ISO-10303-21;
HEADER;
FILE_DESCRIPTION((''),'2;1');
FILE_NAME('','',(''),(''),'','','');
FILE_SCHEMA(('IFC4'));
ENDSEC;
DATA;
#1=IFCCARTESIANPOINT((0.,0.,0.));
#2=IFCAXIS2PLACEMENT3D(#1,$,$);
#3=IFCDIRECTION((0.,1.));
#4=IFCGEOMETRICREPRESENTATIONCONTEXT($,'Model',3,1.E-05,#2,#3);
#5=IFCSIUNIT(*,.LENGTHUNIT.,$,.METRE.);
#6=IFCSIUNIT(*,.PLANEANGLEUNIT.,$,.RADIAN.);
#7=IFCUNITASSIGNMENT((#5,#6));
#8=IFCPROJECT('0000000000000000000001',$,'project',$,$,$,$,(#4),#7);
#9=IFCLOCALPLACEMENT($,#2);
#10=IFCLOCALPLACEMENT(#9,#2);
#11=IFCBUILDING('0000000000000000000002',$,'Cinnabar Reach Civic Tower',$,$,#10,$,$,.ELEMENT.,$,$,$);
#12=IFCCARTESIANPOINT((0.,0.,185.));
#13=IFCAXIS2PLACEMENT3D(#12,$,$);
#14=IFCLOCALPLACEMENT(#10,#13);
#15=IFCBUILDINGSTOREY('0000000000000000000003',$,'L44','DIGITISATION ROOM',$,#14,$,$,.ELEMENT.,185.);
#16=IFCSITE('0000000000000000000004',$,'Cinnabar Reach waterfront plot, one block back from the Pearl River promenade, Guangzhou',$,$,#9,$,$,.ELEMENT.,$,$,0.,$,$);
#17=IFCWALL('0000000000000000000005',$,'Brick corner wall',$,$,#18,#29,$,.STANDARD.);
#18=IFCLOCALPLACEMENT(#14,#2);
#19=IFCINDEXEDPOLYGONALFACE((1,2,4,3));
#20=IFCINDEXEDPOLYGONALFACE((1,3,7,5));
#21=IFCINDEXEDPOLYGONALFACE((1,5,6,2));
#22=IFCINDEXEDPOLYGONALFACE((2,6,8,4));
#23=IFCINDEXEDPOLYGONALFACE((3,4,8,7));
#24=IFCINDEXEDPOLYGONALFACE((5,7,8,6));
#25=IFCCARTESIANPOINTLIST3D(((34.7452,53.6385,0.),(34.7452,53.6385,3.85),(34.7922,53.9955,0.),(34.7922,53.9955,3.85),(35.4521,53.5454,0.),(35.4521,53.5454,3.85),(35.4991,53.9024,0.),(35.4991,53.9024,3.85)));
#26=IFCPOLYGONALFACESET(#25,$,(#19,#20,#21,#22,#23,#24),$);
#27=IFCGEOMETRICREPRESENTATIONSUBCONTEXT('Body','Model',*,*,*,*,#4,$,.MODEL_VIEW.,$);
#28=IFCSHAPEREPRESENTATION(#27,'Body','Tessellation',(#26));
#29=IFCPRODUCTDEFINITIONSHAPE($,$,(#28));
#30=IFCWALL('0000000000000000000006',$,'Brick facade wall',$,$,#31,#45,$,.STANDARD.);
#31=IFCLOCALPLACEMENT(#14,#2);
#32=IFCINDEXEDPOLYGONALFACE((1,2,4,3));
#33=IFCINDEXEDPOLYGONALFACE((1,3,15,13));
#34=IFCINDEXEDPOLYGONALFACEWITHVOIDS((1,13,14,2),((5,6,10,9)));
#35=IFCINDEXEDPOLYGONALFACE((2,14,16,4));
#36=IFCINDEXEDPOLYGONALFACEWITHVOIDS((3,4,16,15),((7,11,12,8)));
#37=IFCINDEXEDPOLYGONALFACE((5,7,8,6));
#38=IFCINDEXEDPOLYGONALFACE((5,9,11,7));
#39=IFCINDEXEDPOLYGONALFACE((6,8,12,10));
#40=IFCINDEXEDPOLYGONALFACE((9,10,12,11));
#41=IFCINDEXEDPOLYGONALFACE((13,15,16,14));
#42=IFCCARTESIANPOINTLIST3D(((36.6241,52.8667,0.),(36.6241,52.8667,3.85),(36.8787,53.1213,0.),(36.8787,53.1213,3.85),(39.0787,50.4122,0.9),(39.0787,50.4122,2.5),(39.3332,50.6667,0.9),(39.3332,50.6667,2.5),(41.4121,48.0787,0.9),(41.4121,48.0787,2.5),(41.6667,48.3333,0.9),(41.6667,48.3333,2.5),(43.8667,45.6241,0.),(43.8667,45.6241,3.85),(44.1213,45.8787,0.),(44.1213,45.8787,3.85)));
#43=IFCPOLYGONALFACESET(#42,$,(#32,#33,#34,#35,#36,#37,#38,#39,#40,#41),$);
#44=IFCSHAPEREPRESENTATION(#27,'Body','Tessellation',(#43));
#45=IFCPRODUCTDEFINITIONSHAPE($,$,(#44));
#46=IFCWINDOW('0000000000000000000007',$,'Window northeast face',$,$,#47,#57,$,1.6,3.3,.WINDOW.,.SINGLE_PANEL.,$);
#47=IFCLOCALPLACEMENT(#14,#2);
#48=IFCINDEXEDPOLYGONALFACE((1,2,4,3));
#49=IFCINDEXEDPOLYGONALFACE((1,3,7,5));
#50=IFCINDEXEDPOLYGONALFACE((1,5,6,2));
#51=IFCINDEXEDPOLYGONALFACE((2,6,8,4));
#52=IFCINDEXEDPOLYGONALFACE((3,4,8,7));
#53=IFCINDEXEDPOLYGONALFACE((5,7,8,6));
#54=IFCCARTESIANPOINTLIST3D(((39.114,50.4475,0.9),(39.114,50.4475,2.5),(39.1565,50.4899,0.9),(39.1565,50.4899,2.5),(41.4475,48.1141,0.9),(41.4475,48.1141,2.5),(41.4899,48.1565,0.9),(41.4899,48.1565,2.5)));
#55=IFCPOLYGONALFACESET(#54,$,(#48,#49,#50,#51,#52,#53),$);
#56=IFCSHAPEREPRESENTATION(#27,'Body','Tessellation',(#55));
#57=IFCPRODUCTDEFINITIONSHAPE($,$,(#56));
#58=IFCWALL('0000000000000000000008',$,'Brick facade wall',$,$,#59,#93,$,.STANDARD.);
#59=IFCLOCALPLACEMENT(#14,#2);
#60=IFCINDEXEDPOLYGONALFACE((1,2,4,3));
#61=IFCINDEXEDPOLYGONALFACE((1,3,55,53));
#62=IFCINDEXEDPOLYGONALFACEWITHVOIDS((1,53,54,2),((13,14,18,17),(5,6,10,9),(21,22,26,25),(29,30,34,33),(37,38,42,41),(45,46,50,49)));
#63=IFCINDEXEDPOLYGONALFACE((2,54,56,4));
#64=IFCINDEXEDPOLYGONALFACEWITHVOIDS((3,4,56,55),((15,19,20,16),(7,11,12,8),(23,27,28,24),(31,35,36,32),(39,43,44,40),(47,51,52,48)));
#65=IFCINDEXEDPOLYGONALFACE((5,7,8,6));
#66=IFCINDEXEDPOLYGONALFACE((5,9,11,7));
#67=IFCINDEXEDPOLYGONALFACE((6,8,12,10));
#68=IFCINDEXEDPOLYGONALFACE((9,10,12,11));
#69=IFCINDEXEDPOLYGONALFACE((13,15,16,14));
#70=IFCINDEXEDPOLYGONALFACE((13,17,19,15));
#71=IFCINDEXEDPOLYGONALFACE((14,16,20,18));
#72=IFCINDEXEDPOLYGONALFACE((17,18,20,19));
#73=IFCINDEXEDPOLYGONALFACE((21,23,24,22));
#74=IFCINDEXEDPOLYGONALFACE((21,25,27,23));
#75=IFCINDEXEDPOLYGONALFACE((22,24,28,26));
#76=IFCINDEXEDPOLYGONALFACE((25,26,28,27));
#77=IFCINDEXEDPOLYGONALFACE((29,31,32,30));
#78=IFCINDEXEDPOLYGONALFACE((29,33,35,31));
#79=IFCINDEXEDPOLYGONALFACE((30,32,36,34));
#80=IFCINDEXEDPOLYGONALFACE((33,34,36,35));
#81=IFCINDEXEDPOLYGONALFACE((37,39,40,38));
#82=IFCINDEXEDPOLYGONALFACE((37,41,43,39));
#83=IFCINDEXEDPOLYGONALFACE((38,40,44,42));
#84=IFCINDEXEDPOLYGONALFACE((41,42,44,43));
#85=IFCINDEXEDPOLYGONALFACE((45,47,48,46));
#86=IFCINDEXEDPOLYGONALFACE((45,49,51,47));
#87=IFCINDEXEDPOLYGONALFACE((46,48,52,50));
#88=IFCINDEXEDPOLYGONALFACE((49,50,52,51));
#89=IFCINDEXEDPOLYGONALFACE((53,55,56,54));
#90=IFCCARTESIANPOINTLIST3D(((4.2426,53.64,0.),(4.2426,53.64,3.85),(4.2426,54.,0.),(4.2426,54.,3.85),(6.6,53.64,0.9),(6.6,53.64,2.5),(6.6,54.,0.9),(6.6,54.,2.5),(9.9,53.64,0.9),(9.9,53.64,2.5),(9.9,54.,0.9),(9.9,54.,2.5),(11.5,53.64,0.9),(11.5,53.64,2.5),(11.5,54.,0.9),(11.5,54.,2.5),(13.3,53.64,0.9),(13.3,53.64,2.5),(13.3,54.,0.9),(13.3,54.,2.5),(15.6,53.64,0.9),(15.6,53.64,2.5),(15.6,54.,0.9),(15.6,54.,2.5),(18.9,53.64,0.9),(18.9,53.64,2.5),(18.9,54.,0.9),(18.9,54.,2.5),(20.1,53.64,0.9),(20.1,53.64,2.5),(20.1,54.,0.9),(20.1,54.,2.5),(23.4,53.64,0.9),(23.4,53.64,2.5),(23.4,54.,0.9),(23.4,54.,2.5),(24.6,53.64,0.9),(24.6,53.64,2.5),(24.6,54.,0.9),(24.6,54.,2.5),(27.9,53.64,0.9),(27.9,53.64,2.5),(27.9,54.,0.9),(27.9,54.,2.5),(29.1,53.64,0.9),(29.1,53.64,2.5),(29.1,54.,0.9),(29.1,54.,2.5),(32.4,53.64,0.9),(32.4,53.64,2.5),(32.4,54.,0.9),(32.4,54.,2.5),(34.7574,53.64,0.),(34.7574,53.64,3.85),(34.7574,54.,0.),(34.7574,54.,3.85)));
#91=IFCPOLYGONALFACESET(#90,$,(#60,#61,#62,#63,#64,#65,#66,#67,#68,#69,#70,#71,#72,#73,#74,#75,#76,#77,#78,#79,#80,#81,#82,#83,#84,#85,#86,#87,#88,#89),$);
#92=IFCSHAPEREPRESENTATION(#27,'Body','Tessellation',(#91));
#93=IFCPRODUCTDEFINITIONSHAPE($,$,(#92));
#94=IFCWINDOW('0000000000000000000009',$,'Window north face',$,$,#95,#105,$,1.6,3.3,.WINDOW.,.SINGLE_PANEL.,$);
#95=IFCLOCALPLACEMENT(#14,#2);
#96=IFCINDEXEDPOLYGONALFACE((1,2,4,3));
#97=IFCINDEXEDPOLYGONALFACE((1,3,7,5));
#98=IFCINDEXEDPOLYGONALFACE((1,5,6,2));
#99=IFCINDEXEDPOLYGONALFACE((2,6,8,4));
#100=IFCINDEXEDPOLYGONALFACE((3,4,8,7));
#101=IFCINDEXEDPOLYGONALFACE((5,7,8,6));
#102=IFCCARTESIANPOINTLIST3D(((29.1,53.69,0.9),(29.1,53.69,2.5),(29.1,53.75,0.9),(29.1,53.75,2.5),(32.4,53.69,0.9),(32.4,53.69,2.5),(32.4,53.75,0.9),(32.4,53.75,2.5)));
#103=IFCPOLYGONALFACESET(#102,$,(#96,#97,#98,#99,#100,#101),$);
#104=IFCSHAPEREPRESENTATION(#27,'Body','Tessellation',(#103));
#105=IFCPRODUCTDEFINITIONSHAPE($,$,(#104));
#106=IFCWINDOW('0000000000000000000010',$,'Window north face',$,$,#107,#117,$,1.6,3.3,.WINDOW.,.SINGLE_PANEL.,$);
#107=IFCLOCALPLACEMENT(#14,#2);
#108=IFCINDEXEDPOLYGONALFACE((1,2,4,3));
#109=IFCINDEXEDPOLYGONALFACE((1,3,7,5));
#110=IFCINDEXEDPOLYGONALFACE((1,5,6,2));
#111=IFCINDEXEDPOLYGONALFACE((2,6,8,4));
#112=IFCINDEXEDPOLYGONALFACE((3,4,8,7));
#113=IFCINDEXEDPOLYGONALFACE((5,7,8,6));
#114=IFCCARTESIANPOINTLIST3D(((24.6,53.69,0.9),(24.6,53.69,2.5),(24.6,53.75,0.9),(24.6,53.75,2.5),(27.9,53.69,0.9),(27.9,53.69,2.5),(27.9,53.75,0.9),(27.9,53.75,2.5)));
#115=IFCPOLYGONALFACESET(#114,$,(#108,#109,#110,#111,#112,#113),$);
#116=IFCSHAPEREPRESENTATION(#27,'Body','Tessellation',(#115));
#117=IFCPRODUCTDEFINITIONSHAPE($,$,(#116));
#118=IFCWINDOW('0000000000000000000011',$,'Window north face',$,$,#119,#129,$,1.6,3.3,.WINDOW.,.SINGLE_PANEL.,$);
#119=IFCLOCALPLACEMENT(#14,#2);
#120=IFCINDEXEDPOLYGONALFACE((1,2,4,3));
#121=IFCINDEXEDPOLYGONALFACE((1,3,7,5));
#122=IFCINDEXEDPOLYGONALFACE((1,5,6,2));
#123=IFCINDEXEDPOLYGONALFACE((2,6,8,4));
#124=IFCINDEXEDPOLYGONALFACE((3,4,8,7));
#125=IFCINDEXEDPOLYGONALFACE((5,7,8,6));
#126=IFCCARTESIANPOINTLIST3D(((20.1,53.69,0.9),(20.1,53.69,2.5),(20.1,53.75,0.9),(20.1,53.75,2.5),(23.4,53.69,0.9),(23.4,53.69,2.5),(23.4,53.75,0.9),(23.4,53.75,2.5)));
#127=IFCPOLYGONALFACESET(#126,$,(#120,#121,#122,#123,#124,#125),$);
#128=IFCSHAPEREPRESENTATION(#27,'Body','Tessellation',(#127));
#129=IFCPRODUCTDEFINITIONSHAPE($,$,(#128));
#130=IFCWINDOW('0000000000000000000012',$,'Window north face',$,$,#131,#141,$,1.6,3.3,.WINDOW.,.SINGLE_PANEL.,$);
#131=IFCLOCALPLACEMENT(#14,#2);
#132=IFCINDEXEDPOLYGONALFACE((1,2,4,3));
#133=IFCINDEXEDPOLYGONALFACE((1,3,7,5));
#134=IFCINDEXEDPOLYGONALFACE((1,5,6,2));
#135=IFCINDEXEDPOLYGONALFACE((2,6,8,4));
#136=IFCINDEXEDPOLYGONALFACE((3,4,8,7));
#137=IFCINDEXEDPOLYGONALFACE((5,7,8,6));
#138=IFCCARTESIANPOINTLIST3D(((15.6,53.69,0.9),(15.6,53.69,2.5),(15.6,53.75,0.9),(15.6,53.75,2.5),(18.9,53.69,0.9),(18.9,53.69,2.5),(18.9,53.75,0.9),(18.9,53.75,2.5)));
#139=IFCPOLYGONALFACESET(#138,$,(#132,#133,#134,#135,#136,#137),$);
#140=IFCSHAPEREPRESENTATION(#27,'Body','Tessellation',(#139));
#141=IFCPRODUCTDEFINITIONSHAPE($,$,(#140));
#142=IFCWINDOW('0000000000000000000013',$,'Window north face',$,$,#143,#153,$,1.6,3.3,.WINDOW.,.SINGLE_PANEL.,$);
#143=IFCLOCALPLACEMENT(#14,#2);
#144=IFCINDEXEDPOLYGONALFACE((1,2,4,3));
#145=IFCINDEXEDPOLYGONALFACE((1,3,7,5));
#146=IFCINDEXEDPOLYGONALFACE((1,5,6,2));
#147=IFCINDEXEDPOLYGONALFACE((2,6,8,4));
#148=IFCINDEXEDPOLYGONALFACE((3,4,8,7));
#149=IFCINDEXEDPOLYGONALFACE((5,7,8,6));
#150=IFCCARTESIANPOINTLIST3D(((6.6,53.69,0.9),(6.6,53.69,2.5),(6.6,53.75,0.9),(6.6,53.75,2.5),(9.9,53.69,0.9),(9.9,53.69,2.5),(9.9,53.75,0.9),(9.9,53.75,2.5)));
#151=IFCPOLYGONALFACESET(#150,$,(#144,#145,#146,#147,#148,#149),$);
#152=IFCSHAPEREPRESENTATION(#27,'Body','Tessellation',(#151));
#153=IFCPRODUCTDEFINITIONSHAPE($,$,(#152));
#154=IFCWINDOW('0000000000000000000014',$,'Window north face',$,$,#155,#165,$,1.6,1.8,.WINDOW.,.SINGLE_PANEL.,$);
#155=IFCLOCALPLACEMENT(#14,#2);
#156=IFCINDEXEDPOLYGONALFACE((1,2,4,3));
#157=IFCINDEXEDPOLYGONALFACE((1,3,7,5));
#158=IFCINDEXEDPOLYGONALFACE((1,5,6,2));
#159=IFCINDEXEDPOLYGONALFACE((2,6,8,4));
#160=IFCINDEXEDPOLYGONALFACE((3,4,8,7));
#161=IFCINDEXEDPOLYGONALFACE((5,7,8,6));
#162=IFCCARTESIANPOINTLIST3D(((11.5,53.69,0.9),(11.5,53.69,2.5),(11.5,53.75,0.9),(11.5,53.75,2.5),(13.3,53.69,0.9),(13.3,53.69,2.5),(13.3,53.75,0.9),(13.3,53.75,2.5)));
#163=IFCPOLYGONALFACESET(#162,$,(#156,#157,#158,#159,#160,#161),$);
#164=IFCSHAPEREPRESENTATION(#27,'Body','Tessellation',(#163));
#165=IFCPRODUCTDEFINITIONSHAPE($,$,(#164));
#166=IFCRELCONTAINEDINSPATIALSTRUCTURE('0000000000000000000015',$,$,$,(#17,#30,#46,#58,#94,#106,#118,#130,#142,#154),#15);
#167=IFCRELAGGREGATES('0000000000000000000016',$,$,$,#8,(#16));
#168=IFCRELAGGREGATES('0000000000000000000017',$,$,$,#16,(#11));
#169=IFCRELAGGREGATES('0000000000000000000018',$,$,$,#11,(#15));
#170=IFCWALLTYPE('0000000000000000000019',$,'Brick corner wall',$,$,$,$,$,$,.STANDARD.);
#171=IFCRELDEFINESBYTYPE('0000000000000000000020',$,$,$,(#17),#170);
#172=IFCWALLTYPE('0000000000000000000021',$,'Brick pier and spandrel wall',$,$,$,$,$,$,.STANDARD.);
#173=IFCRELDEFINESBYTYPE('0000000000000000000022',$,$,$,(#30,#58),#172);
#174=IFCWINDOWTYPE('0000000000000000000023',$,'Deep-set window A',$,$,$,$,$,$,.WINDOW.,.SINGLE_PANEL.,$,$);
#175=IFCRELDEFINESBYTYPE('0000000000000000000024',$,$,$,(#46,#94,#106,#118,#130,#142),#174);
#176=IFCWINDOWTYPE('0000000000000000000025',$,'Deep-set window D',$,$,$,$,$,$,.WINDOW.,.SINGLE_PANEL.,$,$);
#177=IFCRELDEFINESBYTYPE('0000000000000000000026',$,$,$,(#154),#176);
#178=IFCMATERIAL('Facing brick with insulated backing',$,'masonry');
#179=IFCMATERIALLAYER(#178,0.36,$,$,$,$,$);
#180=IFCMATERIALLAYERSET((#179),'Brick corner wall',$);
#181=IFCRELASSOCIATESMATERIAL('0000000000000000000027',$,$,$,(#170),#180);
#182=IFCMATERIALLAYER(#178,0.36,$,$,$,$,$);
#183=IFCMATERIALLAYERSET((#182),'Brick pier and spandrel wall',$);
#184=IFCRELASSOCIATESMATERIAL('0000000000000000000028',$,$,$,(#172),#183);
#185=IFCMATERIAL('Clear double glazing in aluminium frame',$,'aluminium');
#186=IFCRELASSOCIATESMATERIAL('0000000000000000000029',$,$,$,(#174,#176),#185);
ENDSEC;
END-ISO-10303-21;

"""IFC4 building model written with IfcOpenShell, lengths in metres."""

from ifc_helpers import new_model, si_unit, direction, frame, frame_2d, origin, place, context, subcontext, project, spatial, rectangle, extrude, material, layer, layer_set, type_object, element, fill, save


model = new_model("IFC4")

# Units and contexts
model_context = context("Model", 3, precision=1e-05, world=origin(), true_north=direction((0.0, 1.0)))
body_context = subcontext(model_context, "Body", "Model", "MODEL_VIEW")
ifc_project = project(units=[si_unit("LENGTHUNIT", "METRE"), si_unit("PLANEANGLEUNIT", "RADIAN")], contexts=[model_context])

# Site, building, storey
site_placement = place(None, origin())
site = spatial("IfcSite", under=ifc_project, at=site_placement, Name="Cinnabar Reach waterfront plot, one block back from the Pearl River promenade, Guangzhou", CompositionType="ELEMENT", RefElevation=0.0)
building_placement = place(site_placement, origin())
building = spatial("IfcBuilding", under=site, at=building_placement, Name="Cinnabar Reach Civic Tower", CompositionType="ELEMENT")
storey_placement = place(building_placement, frame((0.0, 0.0, 185.0)))
storey = spatial("IfcBuildingStorey", under=building, at=storey_placement, Name="L44", Description="DIGITISATION ROOM", CompositionType="ELEMENT", Elevation=185.0)

# Wall
ifc_material_1 = material(Name="Facing brick with insulated backing", Category="masonry")
ifc_layer_1 = layer(ifc_material_1, 0.36)
ifc_layer_set_1 = layer_set([ifc_layer_1], Name="Brick corner wall")
wall_type_1 = type_object("IfcWallType", Name="Brick corner wall", PredefinedType="STANDARD", material=ifc_layer_set_1)
for number, where, z_axis, x_axis, name in (
    (1, (35.4756, 53.7239, 0.0), (0.0, 0.0, 1.0), (-0.991441, 0.130556, 0.0), "Brick corner wall"),
):
    element("IfcWall", number, at=place(storey_placement, frame(where, z_axis=z_axis, x_axis=x_axis)), inside=storey, type_object=wall_type_1, Name=name, PredefinedType="STANDARD", context=body_context, shape_type="SweptSolid", body=[
        extrude(rectangle(XDim=0.7131, YDim=0.36, at=frame_2d((0.3565, 0.0))), origin(), (0.0, 0.0, 1.0), 3.85),
    ])

# Wall, opening, window
ifc_layer_2 = layer(ifc_material_1, 0.36)
ifc_layer_set_2 = layer_set([ifc_layer_2], Name="Brick pier and spandrel wall")
wall_type_2 = type_object("IfcWallType", Name="Brick pier and spandrel wall", PredefinedType="STANDARD", material=ifc_layer_set_2)
wall_1_placement = place(storey_placement, frame((43.994, 45.7514, 0.0), z_axis=(0.0, 0.0, 1.0), x_axis=(-0.707107, 0.707107, 0.0)))
wall_1 = element("IfcWall", 2, at=wall_1_placement, inside=storey, type_object=wall_type_2, Name="Brick facade wall", PredefinedType="STANDARD", context=body_context, shape_type="SweptSolid", body=[
    extrude(rectangle(XDim=10.2426, YDim=0.36, at=frame_2d((5.1213, 0.0))), origin(), (0.0, 0.0, 1.0), 3.85),
])
opening_1_placement = place(wall_1_placement, frame((3.4713, 0.0, 0.9)))
opening_1 = element("IfcOpeningElement", 3, at=opening_1_placement, cuts=wall_1, PredefinedType="OPENING", context=body_context, shape_type="SweptSolid", body=[
    extrude(rectangle(XDim=3.3, YDim=1.6, at=frame_2d((1.65, 0.8))), frame((0.0, 0.19, 0.0), z_axis=(0.0, -1.0, 0.0), x_axis=(1.0, 0.0, 0.0)), (0.0, 0.0, 1.0), 0.38),
])
ifc_material_2 = material(Name="Clear double glazing in aluminium frame", Category="aluminium")
window_type_1 = type_object("IfcWindowType", Name="Deep-set window A", PartitioningType="SINGLE_PANEL", PredefinedType="WINDOW", material=ifc_material_2)
window_1_placement = place(opening_1_placement, origin())
window_1 = element("IfcWindow", 4, at=window_1_placement, inside=storey, type_object=window_type_1, Name="Window northeast face", OverallHeight=1.6, OverallWidth=3.3, PartitioningType="SINGLE_PANEL", PredefinedType="WINDOW", context=body_context, shape_type="SweptSolid", body=[
    extrude(rectangle(XDim=3.3, YDim=1.6, at=frame_2d((1.65, 0.8))), frame((0.0, 0.13, 0.0), z_axis=(0.0, -1.0, 0.0), x_axis=(1.0, 0.0, 0.0)), (0.0, 0.0, 1.0), 0.06),
])
fill(opening_1, window_1)

# Wall, openings, windows
wall_2_placement = place(storey_placement, frame((34.7574, 53.82, 0.0), z_axis=(0.0, 0.0, 1.0), x_axis=(-1.0, 0.0, 0.0)))
wall_2 = element("IfcWall", 5, at=wall_2_placement, inside=storey, type_object=wall_type_2, Name="Brick facade wall", PredefinedType="STANDARD", context=body_context, shape_type="SweptSolid", body=[
    extrude(rectangle(XDim=30.5148, YDim=0.36, at=frame_2d((15.2574, 0.0))), origin(), (0.0, 0.0, 1.0), 3.85),
])
opening_2_placement = place(wall_2_placement, frame((2.3574, 0.0, 0.9)))
opening_2 = element("IfcOpeningElement", 6, at=opening_2_placement, cuts=wall_2, PredefinedType="OPENING", context=body_context, shape_type="SweptSolid", body=[
    extrude(rectangle(XDim=3.3, YDim=1.6, at=frame_2d((1.65, 0.8))), frame((0.0, 0.19, 0.0), z_axis=(0.0, -1.0, 0.0), x_axis=(1.0, 0.0, 0.0)), (0.0, 0.0, 1.0), 0.38),
])
opening_3_placement = place(wall_2_placement, frame((6.8574, 0.0, 0.9)))
opening_3 = element("IfcOpeningElement", 7, at=opening_3_placement, cuts=wall_2, PredefinedType="OPENING", context=body_context, shape_type="SweptSolid", body=[
    extrude(rectangle(XDim=3.3, YDim=1.6, at=frame_2d((1.65, 0.8))), frame((0.0, 0.19, 0.0), z_axis=(0.0, -1.0, 0.0), x_axis=(1.0, 0.0, 0.0)), (0.0, 0.0, 1.0), 0.38),
])
opening_4_placement = place(wall_2_placement, frame((11.3574, 0.0, 0.9)))
opening_4 = element("IfcOpeningElement", 8, at=opening_4_placement, cuts=wall_2, PredefinedType="OPENING", context=body_context, shape_type="SweptSolid", body=[
    extrude(rectangle(XDim=3.3, YDim=1.6, at=frame_2d((1.65, 0.8))), frame((0.0, 0.19, 0.0), z_axis=(0.0, -1.0, 0.0), x_axis=(1.0, 0.0, 0.0)), (0.0, 0.0, 1.0), 0.38),
])
opening_5_placement = place(wall_2_placement, frame((15.8574, 0.0, 0.9)))
opening_5 = element("IfcOpeningElement", 9, at=opening_5_placement, cuts=wall_2, PredefinedType="OPENING", context=body_context, shape_type="SweptSolid", body=[
    extrude(rectangle(XDim=3.3, YDim=1.6, at=frame_2d((1.65, 0.8))), frame((0.0, 0.19, 0.0), z_axis=(0.0, -1.0, 0.0), x_axis=(1.0, 0.0, 0.0)), (0.0, 0.0, 1.0), 0.38),
])
opening_6_placement = place(wall_2_placement, frame((21.4574, 0.0, 0.9)))
opening_6 = element("IfcOpeningElement", 10, at=opening_6_placement, cuts=wall_2, PredefinedType="OPENING", context=body_context, shape_type="SweptSolid", body=[
    extrude(rectangle(XDim=1.8, YDim=1.6, at=frame_2d((0.9, 0.8))), frame((0.0, 0.19, 0.0), z_axis=(0.0, -1.0, 0.0), x_axis=(1.0, 0.0, 0.0)), (0.0, 0.0, 1.0), 0.38),
])
opening_7_placement = place(wall_2_placement, frame((24.8574, 0.0, 0.9)))
opening_7 = element("IfcOpeningElement", 11, at=opening_7_placement, cuts=wall_2, PredefinedType="OPENING", context=body_context, shape_type="SweptSolid", body=[
    extrude(rectangle(XDim=3.3, YDim=1.6, at=frame_2d((1.65, 0.8))), frame((0.0, 0.19, 0.0), z_axis=(0.0, -1.0, 0.0), x_axis=(1.0, 0.0, 0.0)), (0.0, 0.0, 1.0), 0.38),
])
window_2_placement = place(opening_2_placement, origin())
window_2 = element("IfcWindow", 12, at=window_2_placement, inside=storey, type_object=window_type_1, Name="Window north face", OverallHeight=1.6, OverallWidth=3.3, PartitioningType="SINGLE_PANEL", PredefinedType="WINDOW", context=body_context, shape_type="SweptSolid", body=[
    extrude(rectangle(XDim=3.3, YDim=1.6, at=frame_2d((1.65, 0.8))), frame((0.0, 0.13, 0.0), z_axis=(0.0, -1.0, 0.0), x_axis=(1.0, 0.0, 0.0)), (0.0, 0.0, 1.0), 0.06),
])
fill(opening_2, window_2)
window_3_placement = place(opening_3_placement, origin())
window_3 = element("IfcWindow", 13, at=window_3_placement, inside=storey, type_object=window_type_1, Name="Window north face", OverallHeight=1.6, OverallWidth=3.3, PartitioningType="SINGLE_PANEL", PredefinedType="WINDOW", context=body_context, shape_type="SweptSolid", body=[
    extrude(rectangle(XDim=3.3, YDim=1.6, at=frame_2d((1.65, 0.8))), frame((0.0, 0.13, 0.0), z_axis=(0.0, -1.0, 0.0), x_axis=(1.0, 0.0, 0.0)), (0.0, 0.0, 1.0), 0.06),
])
fill(opening_3, window_3)
window_4_placement = place(opening_4_placement, origin())
window_4 = element("IfcWindow", 14, at=window_4_placement, inside=storey, type_object=window_type_1, Name="Window north face", OverallHeight=1.6, OverallWidth=3.3, PartitioningType="SINGLE_PANEL", PredefinedType="WINDOW", context=body_context, shape_type="SweptSolid", body=[
    extrude(rectangle(XDim=3.3, YDim=1.6, at=frame_2d((1.65, 0.8))), frame((0.0, 0.13, 0.0), z_axis=(0.0, -1.0, 0.0), x_axis=(1.0, 0.0, 0.0)), (0.0, 0.0, 1.0), 0.06),
])
fill(opening_4, window_4)
window_5_placement = place(opening_5_placement, origin())
window_5 = element("IfcWindow", 15, at=window_5_placement, inside=storey, type_object=window_type_1, Name="Window north face", OverallHeight=1.6, OverallWidth=3.3, PartitioningType="SINGLE_PANEL", PredefinedType="WINDOW", context=body_context, shape_type="SweptSolid", body=[
    extrude(rectangle(XDim=3.3, YDim=1.6, at=frame_2d((1.65, 0.8))), frame((0.0, 0.13, 0.0), z_axis=(0.0, -1.0, 0.0), x_axis=(1.0, 0.0, 0.0)), (0.0, 0.0, 1.0), 0.06),
])
fill(opening_5, window_5)
window_6_placement = place(opening_7_placement, origin())
window_6 = element("IfcWindow", 16, at=window_6_placement, inside=storey, type_object=window_type_1, Name="Window north face", OverallHeight=1.6, OverallWidth=3.3, PartitioningType="SINGLE_PANEL", PredefinedType="WINDOW", context=body_context, shape_type="SweptSolid", body=[
    extrude(rectangle(XDim=3.3, YDim=1.6, at=frame_2d((1.65, 0.8))), frame((0.0, 0.13, 0.0), z_axis=(0.0, -1.0, 0.0), x_axis=(1.0, 0.0, 0.0)), (0.0, 0.0, 1.0), 0.06),
])
fill(opening_7, window_6)
window_type_2 = type_object("IfcWindowType", Name="Deep-set window D", PartitioningType="SINGLE_PANEL", PredefinedType="WINDOW", material=ifc_material_2)
window_7_placement = place(opening_6_placement, origin())
window_7 = element("IfcWindow", 17, at=window_7_placement, inside=storey, type_object=window_type_2, Name="Window north face", OverallHeight=1.6, OverallWidth=1.8, PartitioningType="SINGLE_PANEL", PredefinedType="WINDOW", context=body_context, shape_type="SweptSolid", body=[
    extrude(rectangle(XDim=1.8, YDim=1.6, at=frame_2d((0.9, 0.8))), frame((0.0, 0.13, 0.0), z_axis=(0.0, -1.0, 0.0), x_axis=(1.0, 0.0, 0.0)), (0.0, 0.0, 1.0), 0.06),
])
fill(opening_6, window_7)

save(model, "model.ifc")
